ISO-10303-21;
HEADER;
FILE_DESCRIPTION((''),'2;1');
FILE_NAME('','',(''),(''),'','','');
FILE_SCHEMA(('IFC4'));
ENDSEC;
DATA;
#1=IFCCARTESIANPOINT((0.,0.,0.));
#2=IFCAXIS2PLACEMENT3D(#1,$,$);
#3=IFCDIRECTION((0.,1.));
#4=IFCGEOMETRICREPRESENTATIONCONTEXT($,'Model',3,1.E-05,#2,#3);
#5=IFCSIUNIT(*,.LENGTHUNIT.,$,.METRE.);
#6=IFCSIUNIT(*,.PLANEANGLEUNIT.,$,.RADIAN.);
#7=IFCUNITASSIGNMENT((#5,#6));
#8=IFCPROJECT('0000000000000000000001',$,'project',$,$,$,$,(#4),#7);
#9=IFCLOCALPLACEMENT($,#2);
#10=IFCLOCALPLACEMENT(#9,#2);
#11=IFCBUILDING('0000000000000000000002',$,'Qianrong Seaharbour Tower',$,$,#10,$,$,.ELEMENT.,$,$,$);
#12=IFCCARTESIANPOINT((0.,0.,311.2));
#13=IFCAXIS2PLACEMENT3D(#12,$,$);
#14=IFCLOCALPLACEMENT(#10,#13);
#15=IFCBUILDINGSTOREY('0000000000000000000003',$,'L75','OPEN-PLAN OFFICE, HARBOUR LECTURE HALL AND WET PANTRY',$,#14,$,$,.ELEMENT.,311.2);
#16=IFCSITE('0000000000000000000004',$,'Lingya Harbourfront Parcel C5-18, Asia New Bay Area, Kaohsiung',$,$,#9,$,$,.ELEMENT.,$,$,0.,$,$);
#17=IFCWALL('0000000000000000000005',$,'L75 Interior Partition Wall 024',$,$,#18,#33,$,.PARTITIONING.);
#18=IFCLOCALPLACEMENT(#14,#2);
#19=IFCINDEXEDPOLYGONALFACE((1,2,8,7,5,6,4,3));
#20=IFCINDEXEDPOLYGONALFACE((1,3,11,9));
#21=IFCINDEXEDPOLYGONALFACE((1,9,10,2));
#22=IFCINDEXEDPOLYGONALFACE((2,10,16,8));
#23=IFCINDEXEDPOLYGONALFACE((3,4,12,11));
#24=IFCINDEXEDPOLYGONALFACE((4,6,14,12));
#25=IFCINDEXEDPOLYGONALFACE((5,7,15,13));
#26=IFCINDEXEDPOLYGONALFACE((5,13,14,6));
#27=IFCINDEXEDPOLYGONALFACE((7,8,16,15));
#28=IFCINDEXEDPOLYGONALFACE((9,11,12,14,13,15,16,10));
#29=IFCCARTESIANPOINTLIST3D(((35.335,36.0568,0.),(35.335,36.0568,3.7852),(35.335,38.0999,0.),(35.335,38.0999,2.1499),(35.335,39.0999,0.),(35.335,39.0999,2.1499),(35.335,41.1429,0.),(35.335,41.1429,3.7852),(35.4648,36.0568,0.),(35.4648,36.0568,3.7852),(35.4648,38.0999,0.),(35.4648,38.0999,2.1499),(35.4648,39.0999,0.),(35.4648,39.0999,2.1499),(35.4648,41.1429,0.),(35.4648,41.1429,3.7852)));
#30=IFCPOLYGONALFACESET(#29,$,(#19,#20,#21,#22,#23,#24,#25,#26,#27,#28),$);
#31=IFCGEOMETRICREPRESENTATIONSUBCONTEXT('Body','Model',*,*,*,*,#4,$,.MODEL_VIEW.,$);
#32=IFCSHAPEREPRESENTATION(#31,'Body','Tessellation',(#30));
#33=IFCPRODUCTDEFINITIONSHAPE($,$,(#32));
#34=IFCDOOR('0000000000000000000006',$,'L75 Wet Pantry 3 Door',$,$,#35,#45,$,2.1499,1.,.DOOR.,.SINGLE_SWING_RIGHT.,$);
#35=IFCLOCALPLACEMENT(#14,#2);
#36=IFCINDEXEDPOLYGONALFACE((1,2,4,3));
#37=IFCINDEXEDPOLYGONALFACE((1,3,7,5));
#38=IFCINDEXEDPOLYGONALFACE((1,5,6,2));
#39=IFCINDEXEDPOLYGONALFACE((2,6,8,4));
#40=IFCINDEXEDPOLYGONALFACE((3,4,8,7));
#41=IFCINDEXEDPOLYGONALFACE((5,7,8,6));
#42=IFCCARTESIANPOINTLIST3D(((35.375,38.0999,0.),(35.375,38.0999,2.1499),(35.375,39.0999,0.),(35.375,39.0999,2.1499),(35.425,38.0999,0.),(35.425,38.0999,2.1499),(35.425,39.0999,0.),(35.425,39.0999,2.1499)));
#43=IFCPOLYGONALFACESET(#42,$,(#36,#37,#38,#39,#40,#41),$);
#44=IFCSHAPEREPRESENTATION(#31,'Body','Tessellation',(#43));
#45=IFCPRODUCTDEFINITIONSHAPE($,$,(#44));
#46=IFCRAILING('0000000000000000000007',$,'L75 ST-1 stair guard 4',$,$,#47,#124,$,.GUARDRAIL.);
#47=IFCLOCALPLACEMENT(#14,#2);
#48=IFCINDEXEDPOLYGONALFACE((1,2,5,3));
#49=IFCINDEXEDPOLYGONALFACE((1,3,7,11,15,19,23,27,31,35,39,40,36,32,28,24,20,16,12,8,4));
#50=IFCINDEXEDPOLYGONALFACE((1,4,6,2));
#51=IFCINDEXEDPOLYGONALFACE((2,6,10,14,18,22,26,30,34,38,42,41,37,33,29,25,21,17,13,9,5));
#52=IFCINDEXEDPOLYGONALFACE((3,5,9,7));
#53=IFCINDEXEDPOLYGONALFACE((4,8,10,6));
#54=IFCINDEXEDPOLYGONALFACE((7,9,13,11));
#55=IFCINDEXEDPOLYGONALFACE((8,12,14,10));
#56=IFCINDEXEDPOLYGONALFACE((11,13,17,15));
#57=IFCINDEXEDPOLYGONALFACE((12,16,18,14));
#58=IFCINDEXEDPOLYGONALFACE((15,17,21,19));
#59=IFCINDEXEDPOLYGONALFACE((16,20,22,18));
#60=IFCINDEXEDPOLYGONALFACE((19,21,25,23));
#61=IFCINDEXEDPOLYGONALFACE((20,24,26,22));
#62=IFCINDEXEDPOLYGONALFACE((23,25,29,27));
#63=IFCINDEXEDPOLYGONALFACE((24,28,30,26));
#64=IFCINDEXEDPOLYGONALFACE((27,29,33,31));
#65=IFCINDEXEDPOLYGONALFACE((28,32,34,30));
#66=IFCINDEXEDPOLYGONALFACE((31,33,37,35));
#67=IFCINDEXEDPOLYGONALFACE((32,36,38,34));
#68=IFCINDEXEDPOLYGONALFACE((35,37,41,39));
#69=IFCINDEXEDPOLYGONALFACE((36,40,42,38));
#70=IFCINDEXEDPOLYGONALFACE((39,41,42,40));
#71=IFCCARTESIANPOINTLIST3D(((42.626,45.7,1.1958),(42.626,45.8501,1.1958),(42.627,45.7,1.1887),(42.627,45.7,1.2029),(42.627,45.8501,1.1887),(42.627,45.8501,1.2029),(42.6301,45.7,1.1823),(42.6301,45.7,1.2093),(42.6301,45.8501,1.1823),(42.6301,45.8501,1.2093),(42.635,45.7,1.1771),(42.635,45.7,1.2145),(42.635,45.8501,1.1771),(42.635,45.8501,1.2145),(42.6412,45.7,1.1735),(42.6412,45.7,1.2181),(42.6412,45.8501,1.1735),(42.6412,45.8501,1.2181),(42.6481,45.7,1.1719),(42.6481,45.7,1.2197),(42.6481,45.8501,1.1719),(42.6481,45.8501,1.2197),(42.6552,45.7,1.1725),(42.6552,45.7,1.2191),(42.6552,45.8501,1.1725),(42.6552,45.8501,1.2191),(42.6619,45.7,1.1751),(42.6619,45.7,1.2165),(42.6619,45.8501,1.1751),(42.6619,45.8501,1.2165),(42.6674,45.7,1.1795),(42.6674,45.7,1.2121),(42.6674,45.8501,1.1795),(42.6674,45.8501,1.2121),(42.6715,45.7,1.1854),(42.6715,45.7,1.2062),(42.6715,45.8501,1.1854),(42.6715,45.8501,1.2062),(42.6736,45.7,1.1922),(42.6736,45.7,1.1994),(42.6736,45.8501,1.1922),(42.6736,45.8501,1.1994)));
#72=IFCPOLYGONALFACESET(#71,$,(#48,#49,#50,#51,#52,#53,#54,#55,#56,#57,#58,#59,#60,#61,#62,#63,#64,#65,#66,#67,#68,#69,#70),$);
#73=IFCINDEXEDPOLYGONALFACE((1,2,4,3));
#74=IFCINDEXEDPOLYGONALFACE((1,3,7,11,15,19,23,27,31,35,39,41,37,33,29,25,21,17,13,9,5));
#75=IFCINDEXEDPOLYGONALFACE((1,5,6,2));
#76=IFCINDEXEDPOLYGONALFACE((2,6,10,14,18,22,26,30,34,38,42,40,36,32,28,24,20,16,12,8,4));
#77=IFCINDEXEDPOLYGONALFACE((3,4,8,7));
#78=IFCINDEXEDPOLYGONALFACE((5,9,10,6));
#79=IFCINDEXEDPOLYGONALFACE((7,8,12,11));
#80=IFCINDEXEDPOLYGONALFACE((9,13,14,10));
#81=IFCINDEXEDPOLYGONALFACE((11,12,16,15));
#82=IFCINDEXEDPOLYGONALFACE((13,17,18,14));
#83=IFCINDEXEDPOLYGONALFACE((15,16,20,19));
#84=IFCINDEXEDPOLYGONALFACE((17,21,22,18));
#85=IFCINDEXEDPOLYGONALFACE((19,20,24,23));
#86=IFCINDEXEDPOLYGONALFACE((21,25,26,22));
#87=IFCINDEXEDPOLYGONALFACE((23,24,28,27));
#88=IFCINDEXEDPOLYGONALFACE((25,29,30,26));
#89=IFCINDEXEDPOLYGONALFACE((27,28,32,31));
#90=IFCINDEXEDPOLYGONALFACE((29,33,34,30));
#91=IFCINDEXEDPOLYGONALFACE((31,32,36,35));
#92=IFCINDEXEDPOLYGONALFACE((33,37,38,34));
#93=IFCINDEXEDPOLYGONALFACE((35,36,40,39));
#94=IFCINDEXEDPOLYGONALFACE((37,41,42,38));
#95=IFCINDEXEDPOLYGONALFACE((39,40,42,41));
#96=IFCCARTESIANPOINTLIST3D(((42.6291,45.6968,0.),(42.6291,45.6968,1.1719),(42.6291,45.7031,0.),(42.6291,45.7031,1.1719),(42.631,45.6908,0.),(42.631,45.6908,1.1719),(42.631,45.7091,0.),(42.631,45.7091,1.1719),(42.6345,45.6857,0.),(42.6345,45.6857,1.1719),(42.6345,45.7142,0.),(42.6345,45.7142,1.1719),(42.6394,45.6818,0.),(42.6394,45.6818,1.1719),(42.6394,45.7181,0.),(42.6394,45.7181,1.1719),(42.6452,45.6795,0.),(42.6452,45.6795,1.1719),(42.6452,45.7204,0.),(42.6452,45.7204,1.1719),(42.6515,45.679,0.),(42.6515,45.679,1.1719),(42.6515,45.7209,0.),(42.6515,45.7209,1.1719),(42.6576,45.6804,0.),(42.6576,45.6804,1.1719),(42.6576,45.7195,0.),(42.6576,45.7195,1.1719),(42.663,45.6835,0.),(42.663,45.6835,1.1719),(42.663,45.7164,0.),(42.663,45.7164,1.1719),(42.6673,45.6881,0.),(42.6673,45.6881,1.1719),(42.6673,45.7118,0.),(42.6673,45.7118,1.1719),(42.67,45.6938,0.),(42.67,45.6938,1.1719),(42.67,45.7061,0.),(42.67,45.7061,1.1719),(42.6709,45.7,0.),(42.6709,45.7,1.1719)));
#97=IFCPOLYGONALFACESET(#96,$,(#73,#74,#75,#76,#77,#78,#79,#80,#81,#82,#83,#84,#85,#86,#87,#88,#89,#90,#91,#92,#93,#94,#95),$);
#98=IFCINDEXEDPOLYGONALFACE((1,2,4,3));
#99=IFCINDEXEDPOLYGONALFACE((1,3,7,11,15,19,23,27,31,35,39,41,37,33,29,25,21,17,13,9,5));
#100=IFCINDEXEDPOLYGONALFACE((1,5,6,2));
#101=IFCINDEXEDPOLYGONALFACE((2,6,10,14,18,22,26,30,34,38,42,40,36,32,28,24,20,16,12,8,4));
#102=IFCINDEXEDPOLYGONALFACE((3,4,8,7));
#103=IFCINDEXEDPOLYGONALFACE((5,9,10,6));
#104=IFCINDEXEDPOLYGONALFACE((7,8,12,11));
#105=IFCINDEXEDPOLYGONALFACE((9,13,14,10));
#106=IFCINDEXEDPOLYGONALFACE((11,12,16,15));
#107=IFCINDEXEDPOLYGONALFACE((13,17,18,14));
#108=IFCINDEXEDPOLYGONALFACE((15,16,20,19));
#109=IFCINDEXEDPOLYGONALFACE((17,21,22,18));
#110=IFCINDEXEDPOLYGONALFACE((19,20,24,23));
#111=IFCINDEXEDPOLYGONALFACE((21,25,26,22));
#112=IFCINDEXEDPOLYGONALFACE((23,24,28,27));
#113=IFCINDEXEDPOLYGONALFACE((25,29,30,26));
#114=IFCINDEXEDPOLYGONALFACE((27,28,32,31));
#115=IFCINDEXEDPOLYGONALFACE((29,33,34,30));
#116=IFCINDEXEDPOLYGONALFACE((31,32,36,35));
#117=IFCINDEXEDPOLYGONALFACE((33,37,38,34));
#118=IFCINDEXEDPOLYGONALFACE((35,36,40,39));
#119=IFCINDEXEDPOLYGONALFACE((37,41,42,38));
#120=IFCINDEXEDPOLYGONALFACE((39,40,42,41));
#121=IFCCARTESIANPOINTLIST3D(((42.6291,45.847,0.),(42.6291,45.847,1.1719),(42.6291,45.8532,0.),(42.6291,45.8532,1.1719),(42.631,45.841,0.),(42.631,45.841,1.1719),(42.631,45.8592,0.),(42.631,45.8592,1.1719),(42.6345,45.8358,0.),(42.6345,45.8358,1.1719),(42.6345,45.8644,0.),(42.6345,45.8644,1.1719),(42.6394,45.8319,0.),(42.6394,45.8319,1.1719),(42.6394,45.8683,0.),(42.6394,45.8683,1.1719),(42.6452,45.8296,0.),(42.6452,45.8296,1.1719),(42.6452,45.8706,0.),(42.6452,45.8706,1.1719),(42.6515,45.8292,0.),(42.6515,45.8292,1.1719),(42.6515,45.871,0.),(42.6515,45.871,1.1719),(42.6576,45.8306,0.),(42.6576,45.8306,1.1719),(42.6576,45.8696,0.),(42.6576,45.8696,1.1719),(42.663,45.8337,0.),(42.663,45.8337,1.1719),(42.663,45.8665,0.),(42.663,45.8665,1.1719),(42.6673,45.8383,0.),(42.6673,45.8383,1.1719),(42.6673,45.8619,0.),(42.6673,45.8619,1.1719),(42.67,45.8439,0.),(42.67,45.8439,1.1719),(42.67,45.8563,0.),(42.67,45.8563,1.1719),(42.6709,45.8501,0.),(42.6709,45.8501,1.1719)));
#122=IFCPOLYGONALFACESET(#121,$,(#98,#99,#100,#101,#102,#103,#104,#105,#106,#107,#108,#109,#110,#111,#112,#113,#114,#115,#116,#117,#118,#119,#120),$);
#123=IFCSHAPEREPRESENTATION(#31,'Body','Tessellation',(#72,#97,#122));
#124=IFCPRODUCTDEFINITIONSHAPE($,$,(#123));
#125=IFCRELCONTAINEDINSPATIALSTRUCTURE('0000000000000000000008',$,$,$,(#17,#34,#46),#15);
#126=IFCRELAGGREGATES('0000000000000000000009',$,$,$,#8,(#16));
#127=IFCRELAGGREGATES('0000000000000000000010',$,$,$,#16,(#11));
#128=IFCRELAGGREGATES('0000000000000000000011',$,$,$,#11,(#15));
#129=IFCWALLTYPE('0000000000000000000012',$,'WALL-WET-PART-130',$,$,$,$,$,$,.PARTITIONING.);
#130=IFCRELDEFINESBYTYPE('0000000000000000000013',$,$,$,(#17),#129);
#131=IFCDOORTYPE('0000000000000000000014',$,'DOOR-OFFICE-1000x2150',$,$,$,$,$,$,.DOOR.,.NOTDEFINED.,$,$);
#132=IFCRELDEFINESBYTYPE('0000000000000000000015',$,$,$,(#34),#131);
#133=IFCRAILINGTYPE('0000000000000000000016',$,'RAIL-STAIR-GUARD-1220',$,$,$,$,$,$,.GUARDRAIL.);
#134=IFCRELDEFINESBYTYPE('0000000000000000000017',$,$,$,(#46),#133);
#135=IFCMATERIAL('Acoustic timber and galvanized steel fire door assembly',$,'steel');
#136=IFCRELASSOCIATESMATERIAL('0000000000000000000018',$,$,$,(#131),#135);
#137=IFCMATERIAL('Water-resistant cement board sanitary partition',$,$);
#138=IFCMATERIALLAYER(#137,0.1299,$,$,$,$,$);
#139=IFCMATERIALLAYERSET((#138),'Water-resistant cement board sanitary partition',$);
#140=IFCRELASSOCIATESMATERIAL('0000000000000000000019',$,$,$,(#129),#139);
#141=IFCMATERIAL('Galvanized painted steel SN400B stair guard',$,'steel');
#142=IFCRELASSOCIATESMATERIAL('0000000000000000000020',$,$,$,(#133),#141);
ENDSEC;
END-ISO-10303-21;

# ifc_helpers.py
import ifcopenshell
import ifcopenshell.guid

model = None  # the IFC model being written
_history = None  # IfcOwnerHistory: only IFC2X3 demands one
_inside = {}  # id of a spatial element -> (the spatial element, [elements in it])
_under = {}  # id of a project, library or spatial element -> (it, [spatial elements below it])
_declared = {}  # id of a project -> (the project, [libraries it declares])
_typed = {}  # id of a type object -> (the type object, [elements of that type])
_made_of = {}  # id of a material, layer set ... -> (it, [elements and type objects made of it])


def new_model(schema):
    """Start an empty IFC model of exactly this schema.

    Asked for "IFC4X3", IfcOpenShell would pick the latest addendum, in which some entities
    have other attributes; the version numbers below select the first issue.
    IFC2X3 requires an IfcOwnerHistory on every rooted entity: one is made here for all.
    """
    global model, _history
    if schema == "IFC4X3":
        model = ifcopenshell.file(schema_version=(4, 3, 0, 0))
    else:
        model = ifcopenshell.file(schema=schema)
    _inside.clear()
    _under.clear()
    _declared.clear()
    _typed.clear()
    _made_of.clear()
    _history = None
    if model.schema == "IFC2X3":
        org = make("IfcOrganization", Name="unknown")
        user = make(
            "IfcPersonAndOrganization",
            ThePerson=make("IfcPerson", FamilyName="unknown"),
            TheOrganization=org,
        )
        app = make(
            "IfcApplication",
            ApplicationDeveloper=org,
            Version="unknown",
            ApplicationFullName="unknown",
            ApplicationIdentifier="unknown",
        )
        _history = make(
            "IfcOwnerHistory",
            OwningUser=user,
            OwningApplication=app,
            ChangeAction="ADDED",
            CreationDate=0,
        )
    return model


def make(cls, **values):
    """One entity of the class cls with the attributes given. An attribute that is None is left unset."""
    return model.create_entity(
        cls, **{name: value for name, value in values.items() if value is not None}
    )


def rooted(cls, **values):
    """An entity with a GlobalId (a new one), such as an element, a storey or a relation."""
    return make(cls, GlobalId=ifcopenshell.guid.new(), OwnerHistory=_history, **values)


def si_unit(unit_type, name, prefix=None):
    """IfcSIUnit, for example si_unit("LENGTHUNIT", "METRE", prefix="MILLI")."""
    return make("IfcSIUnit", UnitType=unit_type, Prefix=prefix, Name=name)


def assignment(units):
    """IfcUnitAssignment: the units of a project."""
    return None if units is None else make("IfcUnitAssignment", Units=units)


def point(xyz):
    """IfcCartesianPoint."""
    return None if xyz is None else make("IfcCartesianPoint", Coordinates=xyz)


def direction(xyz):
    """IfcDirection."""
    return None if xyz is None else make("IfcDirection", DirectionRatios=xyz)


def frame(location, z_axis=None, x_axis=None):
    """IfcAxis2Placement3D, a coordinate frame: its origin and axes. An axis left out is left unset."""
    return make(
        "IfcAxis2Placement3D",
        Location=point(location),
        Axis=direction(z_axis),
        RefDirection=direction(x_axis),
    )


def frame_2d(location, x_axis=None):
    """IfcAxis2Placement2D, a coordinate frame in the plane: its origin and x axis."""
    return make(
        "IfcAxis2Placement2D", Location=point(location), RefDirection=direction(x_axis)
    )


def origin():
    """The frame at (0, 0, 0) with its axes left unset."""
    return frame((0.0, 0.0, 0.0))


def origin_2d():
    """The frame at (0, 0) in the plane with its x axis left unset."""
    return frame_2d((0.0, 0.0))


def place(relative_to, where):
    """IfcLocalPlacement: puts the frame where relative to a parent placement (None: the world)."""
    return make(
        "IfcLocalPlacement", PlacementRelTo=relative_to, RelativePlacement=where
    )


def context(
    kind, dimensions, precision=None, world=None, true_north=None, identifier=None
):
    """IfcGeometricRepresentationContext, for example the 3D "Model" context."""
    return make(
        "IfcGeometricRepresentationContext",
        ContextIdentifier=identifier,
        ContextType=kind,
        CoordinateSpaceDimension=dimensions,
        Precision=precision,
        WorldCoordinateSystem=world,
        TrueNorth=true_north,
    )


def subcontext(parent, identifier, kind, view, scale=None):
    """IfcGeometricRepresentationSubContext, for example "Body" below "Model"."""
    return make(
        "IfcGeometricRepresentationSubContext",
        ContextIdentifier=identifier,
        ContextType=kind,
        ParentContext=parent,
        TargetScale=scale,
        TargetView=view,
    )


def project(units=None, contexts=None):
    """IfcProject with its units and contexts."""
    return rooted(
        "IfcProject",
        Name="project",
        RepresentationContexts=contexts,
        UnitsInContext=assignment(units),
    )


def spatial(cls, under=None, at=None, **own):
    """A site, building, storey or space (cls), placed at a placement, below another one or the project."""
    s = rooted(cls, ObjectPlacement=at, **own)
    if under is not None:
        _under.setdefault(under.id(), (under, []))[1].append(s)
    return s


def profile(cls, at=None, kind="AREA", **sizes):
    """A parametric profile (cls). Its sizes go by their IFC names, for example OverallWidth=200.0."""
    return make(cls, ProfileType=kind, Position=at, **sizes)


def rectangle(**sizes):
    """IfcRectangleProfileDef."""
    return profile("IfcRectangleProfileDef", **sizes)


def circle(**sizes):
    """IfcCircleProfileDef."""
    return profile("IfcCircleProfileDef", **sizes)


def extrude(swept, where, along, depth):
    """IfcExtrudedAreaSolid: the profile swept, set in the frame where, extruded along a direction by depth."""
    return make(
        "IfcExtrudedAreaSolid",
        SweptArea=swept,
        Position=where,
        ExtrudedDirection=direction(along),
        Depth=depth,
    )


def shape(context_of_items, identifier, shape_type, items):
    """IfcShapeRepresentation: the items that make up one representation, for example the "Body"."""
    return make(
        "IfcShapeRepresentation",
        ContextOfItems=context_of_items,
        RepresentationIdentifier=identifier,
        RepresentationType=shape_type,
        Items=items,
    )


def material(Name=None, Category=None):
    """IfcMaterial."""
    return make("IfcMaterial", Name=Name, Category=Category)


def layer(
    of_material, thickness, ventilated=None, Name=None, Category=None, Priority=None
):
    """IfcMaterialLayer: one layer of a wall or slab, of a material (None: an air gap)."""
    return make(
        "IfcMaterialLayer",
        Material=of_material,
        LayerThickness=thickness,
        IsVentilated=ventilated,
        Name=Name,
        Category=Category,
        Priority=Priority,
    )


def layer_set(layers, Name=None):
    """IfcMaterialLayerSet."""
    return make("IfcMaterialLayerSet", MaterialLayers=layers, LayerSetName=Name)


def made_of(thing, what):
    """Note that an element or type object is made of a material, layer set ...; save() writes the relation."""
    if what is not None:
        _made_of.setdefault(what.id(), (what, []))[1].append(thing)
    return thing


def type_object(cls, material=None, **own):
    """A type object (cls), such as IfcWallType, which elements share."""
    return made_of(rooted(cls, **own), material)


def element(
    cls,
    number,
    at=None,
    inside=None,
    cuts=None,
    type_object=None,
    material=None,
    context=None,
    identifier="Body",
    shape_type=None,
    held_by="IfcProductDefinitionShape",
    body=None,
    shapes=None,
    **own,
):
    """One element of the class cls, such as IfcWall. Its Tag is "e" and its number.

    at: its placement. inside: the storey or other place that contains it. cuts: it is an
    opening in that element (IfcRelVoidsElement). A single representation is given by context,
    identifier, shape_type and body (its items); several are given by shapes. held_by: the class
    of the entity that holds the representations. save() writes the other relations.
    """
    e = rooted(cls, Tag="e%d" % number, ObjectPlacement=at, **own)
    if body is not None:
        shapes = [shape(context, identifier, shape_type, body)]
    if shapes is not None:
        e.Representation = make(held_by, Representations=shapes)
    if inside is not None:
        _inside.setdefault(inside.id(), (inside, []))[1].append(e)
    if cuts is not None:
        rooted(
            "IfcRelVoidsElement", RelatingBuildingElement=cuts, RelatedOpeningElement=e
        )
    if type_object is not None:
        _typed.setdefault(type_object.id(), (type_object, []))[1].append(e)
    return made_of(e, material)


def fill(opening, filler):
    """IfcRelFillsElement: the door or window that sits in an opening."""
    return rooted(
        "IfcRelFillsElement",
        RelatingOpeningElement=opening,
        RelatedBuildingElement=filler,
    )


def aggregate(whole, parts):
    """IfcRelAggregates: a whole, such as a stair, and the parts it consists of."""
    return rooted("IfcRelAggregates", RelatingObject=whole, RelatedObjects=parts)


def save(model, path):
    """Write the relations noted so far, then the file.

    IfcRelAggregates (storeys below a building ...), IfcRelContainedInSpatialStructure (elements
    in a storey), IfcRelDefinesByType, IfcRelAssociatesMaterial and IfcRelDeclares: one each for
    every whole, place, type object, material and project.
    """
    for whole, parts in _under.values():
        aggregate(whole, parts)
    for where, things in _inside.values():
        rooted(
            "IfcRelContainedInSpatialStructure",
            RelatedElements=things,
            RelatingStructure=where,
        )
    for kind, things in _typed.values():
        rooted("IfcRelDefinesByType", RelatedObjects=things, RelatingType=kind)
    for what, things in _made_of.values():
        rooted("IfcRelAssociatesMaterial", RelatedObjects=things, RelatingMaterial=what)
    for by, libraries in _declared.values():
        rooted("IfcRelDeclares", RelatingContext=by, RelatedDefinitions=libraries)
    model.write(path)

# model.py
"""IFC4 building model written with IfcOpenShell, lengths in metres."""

from ifc_helpers import new_model, si_unit, direction, frame, frame_2d, origin, origin_2d, place, context, subcontext, project, spatial, rectangle, circle, extrude, material, layer, layer_set, type_object, element, fill, save


model = new_model("IFC4")

# Units and contexts
model_context = context("Model", 3, precision=1e-05, world=origin(), true_north=direction((0.0, 1.0)))
body_context = subcontext(model_context, "Body", "Model", "MODEL_VIEW")
ifc_project = project(units=[si_unit("LENGTHUNIT", "METRE"), si_unit("PLANEANGLEUNIT", "RADIAN")], contexts=[model_context])

# Site, building, storey
site_placement = place(None, origin())
site = spatial("IfcSite", under=ifc_project, at=site_placement, Name="Lingya Harbourfront Parcel C5-18, Asia New Bay Area, Kaohsiung", CompositionType="ELEMENT", RefElevation=0.0)
building_placement = place(site_placement, origin())
building = spatial("IfcBuilding", under=site, at=building_placement, Name="Qianrong Seaharbour Tower", CompositionType="ELEMENT")
storey_placement = place(building_placement, frame((0.0, 0.0, 311.2)))
storey = spatial("IfcBuildingStorey", under=building, at=storey_placement, Name="L75", Description="OPEN-PLAN OFFICE, HARBOUR LECTURE HALL AND WET PANTRY", CompositionType="ELEMENT", Elevation=311.2)

# Shared definitions
ifc_material_1 = material(Name="Acoustic timber and galvanized steel fire door assembly", Category="steel")

# Shared definitions
door_type_1 = type_object("IfcDoorType", Name="DOOR-OFFICE-1000x2150", OperationType="NOTDEFINED", PredefinedType="DOOR", material=ifc_material_1)

# Shared definitions
ifc_material_2 = material(Name="Water-resistant cement board sanitary partition")
ifc_layer_1 = layer(ifc_material_2, 0.1299)
ifc_layer_set_1 = layer_set([ifc_layer_1], Name="Water-resistant cement board sanitary partition")
wall_type_1 = type_object("IfcWallType", Name="WALL-WET-PART-130", PredefinedType="PARTITIONING", material=ifc_layer_set_1)

# Wall, opening, door
wall_1_placement = place(storey_placement, frame((35.3999, 36.0569, 0.0), z_axis=(0.0, 0.0, 1.0), x_axis=(0.0, 1.0, 0.0)))
wall_1 = element("IfcWall", 1, at=wall_1_placement, inside=storey, type_object=wall_type_1, Name="L75 Interior Partition Wall 024", PredefinedType="PARTITIONING", context=body_context, shape_type="SweptSolid", body=[
    extrude(rectangle(XDim=5.0862, YDim=0.1299, at=frame_2d((2.543, 0.0))), origin(), (0.0, 0.0, 1.0), 3.7852),
])
opening_1_placement = place(wall_1_placement, frame((2.043, 0.0, 0.0)))
opening_1 = element("IfcOpeningElement", 2, at=opening_1_placement, cuts=wall_1, PredefinedType="OPENING", context=body_context, shape_type="SweptSolid", body=[
    extrude(rectangle(XDim=1.0, YDim=2.1499, at=frame_2d((0.5, 1.075))), frame((0.0, 0.075, 0.0), z_axis=(0.0, -1.0, 0.0), x_axis=(1.0, 0.0, 0.0)), (0.0, 0.0, 1.0), 0.1499),
])
door_1_placement = place(opening_1_placement, origin())
door_1 = element("IfcDoor", 3, at=door_1_placement, inside=storey, type_object=door_type_1, Name="L75 Wet Pantry 3 Door", OperationType="SINGLE_SWING_RIGHT", OverallHeight=2.1499, OverallWidth=1.0, PredefinedType="DOOR", context=body_context, shape_type="SweptSolid", body=[
    extrude(rectangle(XDim=1.0, YDim=2.1499, at=frame_2d((0.5, 1.075))), frame((0.0, 0.0249, 0.0), z_axis=(0.0, -1.0, 0.0), x_axis=(1.0, 0.0, 0.0)), (0.0, 0.0, 1.0), 0.05),
])
fill(opening_1, door_1)

# Railing
ifc_material_3 = material(Name="Galvanized painted steel SN400B stair guard", Category="steel")
railing_type = type_object("IfcRailingType", Name="RAIL-STAIR-GUARD-1220", PredefinedType="GUARDRAIL", material=ifc_material_3)
railing_placement = place(storey_placement, frame((42.6499, 45.7, 0.0)))
element("IfcRailing", 4, at=railing_placement, inside=storey, type_object=railing_type, Name="L75 ST-1 stair guard 4", PredefinedType="GUARDRAIL", context=body_context, shape_type="SweptSolid", body=[
    extrude(circle(Radius=0.0239, at=origin_2d()), frame((0.0, 0.0, 1.1958), z_axis=(0.0, 1.0, 0.0), x_axis=(-1.0, 0.0, 0.0)), (0.0, 0.0, 1.0), 0.1501),
    extrude(circle(Radius=0.021, at=origin_2d()), origin(), (0.0, 0.0, 1.0), 1.1719),
    extrude(circle(Radius=0.021, at=origin_2d()), frame((0.0, 0.1501, 0.0)), (0.0, 0.0, 1.0), 1.1719),
])

save(model, "model.ifc")
